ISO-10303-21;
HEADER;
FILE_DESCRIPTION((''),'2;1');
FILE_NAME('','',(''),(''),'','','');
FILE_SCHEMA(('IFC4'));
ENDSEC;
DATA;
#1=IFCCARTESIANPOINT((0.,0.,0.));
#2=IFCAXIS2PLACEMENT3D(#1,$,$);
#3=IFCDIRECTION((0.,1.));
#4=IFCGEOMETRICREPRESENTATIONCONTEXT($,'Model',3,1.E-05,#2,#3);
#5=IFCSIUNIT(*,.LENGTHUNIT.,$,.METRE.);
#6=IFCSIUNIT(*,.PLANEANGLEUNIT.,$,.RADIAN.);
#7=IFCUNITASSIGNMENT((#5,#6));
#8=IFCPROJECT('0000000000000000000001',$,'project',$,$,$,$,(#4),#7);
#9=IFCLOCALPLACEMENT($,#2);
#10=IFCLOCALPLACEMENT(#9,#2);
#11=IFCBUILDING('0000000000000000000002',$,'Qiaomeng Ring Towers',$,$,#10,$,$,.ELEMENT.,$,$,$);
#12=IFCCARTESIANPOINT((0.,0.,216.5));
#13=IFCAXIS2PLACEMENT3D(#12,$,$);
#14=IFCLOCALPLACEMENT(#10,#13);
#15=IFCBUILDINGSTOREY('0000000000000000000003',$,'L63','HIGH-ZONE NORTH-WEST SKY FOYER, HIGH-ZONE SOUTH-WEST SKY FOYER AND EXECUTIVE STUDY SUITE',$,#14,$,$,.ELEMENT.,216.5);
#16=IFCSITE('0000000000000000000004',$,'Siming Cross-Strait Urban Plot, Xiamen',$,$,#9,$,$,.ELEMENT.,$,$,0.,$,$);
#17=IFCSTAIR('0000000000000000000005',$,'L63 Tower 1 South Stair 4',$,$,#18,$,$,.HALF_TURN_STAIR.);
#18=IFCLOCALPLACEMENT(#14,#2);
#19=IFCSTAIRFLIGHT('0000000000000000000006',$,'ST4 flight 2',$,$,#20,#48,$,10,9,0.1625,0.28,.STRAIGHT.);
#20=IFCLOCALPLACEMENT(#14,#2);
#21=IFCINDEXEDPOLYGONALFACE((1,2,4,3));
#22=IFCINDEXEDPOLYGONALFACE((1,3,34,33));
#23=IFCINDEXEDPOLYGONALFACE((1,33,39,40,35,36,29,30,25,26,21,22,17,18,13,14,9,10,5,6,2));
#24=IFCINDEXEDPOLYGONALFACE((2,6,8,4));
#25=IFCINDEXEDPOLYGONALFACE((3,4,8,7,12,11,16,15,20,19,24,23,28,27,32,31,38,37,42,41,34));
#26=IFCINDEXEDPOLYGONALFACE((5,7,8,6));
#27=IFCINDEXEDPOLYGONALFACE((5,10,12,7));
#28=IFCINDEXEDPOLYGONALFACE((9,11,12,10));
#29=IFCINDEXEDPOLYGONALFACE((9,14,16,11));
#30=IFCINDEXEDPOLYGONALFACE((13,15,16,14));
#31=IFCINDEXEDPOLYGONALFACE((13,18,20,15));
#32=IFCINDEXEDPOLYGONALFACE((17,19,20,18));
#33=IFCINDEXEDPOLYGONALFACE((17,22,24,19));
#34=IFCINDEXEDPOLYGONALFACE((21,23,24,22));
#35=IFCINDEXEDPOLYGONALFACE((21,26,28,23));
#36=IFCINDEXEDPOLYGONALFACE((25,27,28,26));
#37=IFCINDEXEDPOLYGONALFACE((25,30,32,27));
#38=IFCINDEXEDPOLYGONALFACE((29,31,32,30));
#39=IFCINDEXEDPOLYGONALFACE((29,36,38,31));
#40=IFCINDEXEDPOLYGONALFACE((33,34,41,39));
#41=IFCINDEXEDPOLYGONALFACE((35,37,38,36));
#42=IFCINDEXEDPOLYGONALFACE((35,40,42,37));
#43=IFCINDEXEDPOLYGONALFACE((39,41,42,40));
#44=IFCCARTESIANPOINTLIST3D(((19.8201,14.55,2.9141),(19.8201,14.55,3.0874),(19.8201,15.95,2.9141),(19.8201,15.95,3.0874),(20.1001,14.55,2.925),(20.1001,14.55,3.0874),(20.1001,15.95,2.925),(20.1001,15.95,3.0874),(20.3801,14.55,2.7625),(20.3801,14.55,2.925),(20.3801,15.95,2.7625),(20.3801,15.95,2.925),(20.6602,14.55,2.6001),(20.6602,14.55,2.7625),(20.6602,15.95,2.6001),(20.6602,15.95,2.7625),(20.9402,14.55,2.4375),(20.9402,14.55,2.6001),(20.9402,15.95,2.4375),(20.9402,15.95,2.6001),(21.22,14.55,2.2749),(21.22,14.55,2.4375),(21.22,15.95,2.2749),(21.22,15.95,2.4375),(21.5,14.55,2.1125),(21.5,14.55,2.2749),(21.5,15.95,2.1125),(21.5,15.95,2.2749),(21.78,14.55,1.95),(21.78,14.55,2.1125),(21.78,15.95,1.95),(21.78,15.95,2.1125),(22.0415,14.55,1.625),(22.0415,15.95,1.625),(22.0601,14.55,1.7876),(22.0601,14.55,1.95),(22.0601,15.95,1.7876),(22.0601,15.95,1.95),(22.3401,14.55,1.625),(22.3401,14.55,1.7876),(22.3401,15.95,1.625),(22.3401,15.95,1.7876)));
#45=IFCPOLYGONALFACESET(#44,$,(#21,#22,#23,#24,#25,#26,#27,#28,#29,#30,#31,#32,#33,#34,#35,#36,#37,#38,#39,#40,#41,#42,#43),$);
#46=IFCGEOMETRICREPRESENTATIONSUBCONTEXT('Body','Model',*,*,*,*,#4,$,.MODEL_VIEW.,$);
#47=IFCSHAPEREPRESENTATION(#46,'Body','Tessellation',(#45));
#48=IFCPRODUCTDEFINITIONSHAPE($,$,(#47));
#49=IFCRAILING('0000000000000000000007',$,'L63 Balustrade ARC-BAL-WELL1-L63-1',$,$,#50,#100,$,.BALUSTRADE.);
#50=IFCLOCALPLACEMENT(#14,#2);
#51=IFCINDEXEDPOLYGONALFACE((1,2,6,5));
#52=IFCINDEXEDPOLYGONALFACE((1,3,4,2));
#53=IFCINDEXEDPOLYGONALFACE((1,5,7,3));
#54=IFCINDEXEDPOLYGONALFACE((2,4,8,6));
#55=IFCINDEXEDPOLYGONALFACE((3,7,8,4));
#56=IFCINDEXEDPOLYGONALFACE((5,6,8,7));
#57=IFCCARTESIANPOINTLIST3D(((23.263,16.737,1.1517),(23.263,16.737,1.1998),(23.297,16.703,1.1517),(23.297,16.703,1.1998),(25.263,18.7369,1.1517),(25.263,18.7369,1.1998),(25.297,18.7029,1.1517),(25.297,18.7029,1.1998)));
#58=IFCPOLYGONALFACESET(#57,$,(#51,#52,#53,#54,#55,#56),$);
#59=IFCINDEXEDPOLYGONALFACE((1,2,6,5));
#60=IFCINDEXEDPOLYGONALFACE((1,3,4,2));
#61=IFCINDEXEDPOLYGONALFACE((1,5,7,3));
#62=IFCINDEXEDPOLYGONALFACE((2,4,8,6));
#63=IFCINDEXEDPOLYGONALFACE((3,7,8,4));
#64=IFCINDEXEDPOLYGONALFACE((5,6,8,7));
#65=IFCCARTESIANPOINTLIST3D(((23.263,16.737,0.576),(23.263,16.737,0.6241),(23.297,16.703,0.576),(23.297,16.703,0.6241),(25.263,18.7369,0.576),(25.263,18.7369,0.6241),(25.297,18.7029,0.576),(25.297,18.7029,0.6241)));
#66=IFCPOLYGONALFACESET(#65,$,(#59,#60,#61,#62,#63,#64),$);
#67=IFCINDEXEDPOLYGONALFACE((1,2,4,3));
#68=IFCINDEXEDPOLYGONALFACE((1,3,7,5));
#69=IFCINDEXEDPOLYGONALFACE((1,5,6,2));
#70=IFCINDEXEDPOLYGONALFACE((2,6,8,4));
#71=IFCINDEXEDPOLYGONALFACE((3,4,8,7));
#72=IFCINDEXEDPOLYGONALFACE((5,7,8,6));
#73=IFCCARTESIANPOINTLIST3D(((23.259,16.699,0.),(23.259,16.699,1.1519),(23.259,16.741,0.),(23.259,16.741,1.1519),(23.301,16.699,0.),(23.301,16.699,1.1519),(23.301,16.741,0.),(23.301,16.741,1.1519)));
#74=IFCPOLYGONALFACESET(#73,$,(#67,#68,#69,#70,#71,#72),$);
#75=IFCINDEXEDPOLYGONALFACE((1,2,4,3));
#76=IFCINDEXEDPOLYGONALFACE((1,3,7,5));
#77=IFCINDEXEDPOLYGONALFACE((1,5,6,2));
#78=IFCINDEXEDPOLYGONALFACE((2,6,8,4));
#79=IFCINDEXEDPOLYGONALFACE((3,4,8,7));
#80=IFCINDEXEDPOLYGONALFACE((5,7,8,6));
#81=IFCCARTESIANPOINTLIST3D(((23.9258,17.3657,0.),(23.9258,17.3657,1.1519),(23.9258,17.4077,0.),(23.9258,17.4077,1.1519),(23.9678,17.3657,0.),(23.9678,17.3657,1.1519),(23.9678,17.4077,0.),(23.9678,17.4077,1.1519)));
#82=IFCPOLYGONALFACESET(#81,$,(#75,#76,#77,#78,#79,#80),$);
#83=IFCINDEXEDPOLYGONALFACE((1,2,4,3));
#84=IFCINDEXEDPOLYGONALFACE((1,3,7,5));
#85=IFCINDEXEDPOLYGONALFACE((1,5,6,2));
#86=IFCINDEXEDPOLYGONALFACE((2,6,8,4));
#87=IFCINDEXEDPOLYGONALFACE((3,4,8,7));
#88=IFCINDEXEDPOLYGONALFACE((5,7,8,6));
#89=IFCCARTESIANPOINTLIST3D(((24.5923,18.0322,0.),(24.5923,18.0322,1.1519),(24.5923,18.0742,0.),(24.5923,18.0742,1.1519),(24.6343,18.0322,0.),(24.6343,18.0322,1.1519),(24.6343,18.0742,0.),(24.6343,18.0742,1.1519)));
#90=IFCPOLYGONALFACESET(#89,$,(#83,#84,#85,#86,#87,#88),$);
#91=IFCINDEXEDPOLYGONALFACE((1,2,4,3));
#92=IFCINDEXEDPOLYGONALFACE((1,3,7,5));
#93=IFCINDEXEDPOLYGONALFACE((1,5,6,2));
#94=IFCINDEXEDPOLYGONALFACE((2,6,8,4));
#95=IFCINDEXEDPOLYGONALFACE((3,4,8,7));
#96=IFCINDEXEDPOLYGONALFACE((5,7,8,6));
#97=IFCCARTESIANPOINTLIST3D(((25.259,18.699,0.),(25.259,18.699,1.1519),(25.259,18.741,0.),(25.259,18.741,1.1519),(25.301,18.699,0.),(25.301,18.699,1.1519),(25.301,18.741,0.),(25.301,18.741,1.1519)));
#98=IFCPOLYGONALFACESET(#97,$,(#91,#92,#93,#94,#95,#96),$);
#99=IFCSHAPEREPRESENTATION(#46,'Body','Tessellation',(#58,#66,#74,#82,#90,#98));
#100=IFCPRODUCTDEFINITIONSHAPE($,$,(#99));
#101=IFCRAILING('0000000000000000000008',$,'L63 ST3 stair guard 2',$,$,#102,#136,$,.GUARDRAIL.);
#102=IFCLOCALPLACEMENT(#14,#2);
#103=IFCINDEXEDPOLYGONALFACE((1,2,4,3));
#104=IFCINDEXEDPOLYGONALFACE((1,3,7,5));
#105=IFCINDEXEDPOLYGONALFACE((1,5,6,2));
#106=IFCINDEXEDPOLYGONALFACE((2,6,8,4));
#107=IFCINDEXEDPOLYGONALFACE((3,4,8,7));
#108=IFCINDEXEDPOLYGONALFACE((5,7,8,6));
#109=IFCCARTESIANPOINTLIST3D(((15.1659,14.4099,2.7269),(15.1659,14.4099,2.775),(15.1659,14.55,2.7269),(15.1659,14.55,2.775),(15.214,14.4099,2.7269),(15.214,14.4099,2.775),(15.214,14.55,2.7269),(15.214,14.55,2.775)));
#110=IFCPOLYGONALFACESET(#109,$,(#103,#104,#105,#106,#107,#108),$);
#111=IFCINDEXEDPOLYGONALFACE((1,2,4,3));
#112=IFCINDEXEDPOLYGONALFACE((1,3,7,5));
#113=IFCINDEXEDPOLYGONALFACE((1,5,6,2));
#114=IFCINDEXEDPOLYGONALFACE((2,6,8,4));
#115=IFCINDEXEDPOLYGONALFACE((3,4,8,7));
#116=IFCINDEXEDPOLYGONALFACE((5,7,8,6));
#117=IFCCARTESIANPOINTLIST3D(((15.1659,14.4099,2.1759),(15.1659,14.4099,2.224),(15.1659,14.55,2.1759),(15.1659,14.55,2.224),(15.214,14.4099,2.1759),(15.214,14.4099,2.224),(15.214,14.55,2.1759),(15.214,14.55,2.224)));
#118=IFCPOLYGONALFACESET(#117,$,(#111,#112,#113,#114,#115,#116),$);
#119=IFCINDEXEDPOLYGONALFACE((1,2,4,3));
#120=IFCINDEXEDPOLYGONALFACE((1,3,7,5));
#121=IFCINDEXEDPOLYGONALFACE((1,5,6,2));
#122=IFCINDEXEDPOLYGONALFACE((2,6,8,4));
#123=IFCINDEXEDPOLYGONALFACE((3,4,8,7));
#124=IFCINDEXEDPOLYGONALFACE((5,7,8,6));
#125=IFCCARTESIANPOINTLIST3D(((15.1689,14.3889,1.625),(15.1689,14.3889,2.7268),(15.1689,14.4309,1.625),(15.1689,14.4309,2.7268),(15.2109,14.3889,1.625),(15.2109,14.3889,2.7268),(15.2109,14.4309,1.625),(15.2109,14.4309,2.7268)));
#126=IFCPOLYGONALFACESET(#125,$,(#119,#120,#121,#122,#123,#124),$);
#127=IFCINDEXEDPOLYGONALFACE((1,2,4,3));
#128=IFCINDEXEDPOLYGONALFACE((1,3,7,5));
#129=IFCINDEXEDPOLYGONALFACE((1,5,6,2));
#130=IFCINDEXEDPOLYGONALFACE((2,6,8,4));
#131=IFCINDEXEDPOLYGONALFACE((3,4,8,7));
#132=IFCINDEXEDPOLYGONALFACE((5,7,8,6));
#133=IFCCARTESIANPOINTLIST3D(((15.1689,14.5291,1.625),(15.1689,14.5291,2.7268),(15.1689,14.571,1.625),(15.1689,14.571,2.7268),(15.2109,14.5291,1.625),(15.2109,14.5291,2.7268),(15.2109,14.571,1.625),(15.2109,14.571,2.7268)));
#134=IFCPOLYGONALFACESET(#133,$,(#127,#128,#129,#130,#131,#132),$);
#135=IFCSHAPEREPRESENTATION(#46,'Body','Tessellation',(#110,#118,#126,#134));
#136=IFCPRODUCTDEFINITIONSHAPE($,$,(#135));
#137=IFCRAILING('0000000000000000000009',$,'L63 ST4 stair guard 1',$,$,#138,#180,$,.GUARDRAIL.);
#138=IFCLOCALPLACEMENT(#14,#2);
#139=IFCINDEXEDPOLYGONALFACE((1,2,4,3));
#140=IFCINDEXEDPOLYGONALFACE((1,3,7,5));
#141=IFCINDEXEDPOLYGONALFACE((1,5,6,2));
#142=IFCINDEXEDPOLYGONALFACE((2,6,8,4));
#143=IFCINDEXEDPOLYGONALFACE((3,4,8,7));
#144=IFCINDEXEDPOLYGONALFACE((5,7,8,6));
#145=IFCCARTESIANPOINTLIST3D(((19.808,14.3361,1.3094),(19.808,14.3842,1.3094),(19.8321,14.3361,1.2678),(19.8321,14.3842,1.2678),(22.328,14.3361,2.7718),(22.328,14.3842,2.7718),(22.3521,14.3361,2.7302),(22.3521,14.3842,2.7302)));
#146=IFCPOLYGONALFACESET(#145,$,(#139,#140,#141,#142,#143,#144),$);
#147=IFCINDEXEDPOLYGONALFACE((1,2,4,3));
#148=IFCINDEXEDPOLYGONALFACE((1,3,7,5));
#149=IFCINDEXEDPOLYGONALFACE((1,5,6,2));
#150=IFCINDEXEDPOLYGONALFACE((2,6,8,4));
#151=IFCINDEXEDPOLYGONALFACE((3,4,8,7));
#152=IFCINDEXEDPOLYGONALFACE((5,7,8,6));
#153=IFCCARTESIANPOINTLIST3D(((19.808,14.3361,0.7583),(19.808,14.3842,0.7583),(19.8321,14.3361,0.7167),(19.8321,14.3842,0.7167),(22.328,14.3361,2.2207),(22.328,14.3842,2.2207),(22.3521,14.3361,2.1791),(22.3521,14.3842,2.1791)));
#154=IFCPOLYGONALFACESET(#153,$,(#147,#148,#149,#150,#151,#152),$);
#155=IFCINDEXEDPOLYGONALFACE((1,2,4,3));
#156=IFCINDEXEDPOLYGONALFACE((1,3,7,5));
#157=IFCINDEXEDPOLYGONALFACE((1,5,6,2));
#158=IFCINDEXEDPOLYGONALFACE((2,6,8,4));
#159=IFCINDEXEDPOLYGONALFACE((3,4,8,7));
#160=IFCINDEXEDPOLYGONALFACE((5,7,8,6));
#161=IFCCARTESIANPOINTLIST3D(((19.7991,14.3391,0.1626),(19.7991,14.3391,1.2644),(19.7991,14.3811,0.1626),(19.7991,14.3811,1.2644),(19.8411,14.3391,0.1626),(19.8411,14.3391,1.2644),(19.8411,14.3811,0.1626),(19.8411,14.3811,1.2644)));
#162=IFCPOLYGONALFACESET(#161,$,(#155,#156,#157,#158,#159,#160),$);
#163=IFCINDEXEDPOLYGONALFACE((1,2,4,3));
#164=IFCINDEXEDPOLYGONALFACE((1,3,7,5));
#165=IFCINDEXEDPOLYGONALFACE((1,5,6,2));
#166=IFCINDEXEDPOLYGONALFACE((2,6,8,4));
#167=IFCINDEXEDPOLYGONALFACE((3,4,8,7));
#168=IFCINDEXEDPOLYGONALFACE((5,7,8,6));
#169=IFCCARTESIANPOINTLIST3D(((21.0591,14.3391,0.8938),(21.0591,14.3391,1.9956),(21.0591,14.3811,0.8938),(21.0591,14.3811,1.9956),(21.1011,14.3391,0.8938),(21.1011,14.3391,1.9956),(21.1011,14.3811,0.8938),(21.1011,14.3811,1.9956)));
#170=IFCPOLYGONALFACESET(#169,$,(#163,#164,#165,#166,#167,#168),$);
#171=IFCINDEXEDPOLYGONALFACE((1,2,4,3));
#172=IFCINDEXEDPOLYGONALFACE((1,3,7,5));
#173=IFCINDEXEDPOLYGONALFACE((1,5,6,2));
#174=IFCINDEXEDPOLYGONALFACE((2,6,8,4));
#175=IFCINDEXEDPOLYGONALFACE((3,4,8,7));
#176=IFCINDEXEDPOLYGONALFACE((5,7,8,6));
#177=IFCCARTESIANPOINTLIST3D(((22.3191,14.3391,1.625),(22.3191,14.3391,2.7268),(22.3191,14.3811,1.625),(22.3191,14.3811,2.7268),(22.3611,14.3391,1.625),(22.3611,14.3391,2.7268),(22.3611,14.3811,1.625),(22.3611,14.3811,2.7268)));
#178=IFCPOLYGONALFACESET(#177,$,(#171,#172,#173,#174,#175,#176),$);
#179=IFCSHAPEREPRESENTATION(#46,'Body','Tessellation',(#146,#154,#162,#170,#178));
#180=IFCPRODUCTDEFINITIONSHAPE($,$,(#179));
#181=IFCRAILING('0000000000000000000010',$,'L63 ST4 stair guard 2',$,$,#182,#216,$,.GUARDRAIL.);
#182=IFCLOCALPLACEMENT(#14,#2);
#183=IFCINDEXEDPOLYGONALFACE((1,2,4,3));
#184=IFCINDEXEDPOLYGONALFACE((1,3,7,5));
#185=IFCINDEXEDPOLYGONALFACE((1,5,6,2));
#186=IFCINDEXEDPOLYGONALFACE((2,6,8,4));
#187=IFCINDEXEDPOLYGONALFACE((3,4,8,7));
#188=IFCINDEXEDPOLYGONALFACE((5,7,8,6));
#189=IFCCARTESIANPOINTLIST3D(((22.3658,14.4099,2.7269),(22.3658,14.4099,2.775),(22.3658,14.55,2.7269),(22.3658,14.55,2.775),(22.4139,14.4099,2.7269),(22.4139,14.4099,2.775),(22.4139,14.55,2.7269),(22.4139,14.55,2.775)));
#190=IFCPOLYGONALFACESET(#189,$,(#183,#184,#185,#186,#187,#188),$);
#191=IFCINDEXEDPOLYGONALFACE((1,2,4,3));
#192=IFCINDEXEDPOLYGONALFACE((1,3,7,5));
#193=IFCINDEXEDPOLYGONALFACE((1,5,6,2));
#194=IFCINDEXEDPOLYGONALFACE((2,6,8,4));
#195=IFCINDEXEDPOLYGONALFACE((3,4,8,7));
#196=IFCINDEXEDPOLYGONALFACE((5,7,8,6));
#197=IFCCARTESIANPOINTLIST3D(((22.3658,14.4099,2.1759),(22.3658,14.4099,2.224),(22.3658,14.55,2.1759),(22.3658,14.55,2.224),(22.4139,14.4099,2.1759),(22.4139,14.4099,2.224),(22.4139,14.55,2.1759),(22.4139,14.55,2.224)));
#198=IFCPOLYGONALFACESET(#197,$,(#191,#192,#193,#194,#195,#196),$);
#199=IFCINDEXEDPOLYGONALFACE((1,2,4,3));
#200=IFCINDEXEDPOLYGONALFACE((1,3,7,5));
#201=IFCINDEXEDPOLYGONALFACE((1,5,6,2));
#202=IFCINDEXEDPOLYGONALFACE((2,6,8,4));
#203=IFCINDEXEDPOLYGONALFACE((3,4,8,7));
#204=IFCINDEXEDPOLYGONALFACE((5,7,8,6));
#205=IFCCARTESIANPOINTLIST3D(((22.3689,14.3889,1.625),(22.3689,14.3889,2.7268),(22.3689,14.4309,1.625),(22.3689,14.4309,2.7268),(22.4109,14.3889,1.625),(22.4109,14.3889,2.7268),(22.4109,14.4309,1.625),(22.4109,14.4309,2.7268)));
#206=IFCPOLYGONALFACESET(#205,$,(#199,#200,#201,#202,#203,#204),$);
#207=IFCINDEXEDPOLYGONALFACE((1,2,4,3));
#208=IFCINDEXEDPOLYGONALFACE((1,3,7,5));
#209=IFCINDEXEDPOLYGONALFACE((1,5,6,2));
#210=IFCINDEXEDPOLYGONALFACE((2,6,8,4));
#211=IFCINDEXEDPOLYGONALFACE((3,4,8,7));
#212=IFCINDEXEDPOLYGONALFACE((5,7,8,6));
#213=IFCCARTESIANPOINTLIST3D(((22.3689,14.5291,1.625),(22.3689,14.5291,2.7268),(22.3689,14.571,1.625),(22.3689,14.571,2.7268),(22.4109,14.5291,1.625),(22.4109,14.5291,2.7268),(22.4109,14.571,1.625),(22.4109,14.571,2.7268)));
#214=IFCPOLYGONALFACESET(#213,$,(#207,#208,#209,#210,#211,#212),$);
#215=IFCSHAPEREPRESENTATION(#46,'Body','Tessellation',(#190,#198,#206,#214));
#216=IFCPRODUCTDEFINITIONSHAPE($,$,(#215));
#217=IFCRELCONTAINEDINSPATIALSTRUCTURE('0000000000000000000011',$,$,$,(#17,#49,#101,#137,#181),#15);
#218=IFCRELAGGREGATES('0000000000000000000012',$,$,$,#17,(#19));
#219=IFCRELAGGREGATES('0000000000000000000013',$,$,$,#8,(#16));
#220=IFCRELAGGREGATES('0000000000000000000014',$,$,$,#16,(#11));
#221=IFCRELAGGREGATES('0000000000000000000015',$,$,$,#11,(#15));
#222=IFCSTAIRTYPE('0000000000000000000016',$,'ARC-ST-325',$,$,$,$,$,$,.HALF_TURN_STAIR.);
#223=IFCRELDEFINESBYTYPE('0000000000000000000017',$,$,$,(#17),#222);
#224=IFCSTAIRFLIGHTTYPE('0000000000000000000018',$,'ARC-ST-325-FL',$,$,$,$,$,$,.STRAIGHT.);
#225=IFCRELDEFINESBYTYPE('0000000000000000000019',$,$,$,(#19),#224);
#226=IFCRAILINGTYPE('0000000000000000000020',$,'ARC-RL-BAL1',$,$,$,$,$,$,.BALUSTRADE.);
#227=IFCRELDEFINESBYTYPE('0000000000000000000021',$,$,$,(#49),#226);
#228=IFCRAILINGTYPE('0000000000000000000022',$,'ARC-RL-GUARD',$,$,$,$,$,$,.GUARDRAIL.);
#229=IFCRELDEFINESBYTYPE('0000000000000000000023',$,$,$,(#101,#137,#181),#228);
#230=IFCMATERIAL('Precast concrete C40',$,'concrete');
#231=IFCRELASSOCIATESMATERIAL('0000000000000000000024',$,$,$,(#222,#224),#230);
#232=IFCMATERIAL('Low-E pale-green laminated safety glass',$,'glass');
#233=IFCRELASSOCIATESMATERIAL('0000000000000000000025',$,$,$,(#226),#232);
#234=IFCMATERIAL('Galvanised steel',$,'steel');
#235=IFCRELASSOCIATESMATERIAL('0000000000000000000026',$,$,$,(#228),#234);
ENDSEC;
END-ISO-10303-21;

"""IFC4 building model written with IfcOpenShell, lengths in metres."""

from ifc_helpers import new_model, si_unit, direction, frame, origin, origin_2d, place, context, subcontext, project, spatial, polyline, rectangle, outline, extrude, source, transform, mapped, material, type_object, element, aggregate, save


model = new_model("IFC4")

# Units and contexts
model_context = context("Model", 3, precision=1e-05, world=origin(), true_north=direction((0.0, 1.0)))
body_context = subcontext(model_context, "Body", "Model", "MODEL_VIEW")
ifc_project = project(units=[si_unit("LENGTHUNIT", "METRE"), si_unit("PLANEANGLEUNIT", "RADIAN")], contexts=[model_context])

# Site, building, storey
site_placement = place(None, origin())
site = spatial("IfcSite", under=ifc_project, at=site_placement, Name="Siming Cross-Strait Urban Plot, Xiamen", CompositionType="ELEMENT", RefElevation=0.0)
building_placement = place(site_placement, origin())
building = spatial("IfcBuilding", under=site, at=building_placement, Name="Qiaomeng Ring Towers", CompositionType="ELEMENT")
storey_placement = place(building_placement, frame((0.0, 0.0, 216.5)))
storey = spatial("IfcBuildingStorey", under=building, at=storey_placement, Name="L63", Description="HIGH-ZONE NORTH-WEST SKY FOYER, HIGH-ZONE SOUTH-WEST SKY FOYER AND EXECUTIVE STUDY SUITE", CompositionType="ELEMENT", Elevation=216.5)

# Shared definitions
ifc_material_1 = material(Name="Galvanised steel", Category="steel")

# Stair, stair flight
ifc_material_2 = material(Name="Precast concrete C40", Category="concrete")
stair_type = type_object("IfcStairType", Name="ARC-ST-325", PredefinedType="HALF_TURN_STAIR", material=ifc_material_2)
stair_placement = place(storey_placement, origin())
stair = element("IfcStair", 1, at=stair_placement, inside=storey, type_object=stair_type, Name="L63 Tower 1 South Stair 4", PredefinedType="HALF_TURN_STAIR")
stair_flight_type = type_object("IfcStairFlightType", Name="ARC-ST-325-FL", PredefinedType="STRAIGHT", material=ifc_material_2)
shared_shape_1 = source(origin(), body_context, "Body", "SweptSolid", [
    extrude(outline(polyline([(0.0, 0.0), (0.0, 0.1626), (0.28, 0.1626), (0.28, 0.325), (0.5601, 0.325), (0.5601, 0.4875), (0.8401, 0.4875), (0.8401, 0.6499), (1.1201, 0.6499), (1.1201, 0.8125), (1.3999, 0.8125), (1.3999, 0.9751), (1.6799, 0.9751), (1.6799, 1.1375), (1.96, 1.1375), (1.96, 1.3), (2.24, 1.3), (2.24, 1.4624), (2.52, 1.4624), (2.52, 1.625), (2.52, 1.2891), (0.2986, 0.0), (0.0, 0.0)])), frame((0.0, 0.7, 0.0), z_axis=(0.0, -1.0, 0.0), x_axis=(1.0, 0.0, 0.0)), (0.0, 0.0, 1.0), 1.3999),
])
stair_flight_1_placement = place(storey_placement, frame((22.3401, 15.25, 1.625), z_axis=(0.0, 0.0, 1.0), x_axis=(-1.0, 0.0, 0.0)))
stair_flight_1 = element("IfcStairFlight", 2, at=stair_flight_1_placement, type_object=stair_flight_type, Name="ST4 flight 2", NumberOfRisers=10, NumberOfTreads=9, PredefinedType="STRAIGHT", RiserHeight=0.1625, TreadLength=0.28, context=body_context, shape_type="MappedRepresentation", body=[
    mapped(shared_shape_1, transform((0.0, 0.0, 0.0), x_axis=(1.0, 0.0, 0.0), y_axis=(0.0, 1.0, 0.0), z_axis=(0.0, 0.0, 1.0), scale=1.0)),
])
aggregate(stair, [stair_flight_1])

# Railings
ifc_material_3 = material(Name="Low-E pale-green laminated safety glass", Category="glass")
railing_type_1 = type_object("IfcRailingType", Name="ARC-RL-BAL1", PredefinedType="BALUSTRADE", material=ifc_material_3)
railing_1_placement = place(storey_placement, frame((23.28, 16.72, 0.0)))
element("IfcRailing", 3, at=railing_1_placement, inside=storey, type_object=railing_type_1, Name="L63 Balustrade ARC-BAL-WELL1-L63-1", PredefinedType="BALUSTRADE", context=body_context, shape_type="SweptSolid", body=[
    extrude(rectangle(XDim=0.0481, YDim=0.0481, at=origin_2d()), frame((0.0, 0.0, 1.1758), z_axis=(0.707107, 0.707107, 0.0), x_axis=(-0.707107, 0.707107, 0.0)), (0.0, 0.0, 1.0), 2.8284),
    extrude(rectangle(XDim=0.0481, YDim=0.0481, at=origin_2d()), frame((0.0, 0.0, 0.6001), z_axis=(0.707107, 0.707107, 0.0), x_axis=(-0.707107, 0.707107, 0.0)), (0.0, 0.0, 1.0), 2.8284),
    extrude(rectangle(XDim=0.042, YDim=0.042, at=origin_2d()), origin(), (0.0, 0.0, 1.0), 1.1519),
    extrude(rectangle(XDim=0.042, YDim=0.042, at=origin_2d()), frame((0.6667, 0.6667, 0.0)), (0.0, 0.0, 1.0), 1.1519),
    extrude(rectangle(XDim=0.042, YDim=0.042, at=origin_2d()), frame((1.3333, 1.3333, 0.0)), (0.0, 0.0, 1.0), 1.1519),
    extrude(rectangle(XDim=0.042, YDim=0.042, at=origin_2d()), frame((2.0, 2.0, 0.0)), (0.0, 0.0, 1.0), 1.1519),
])
railing_type_2 = type_object("IfcRailingType", Name="ARC-RL-GUARD", PredefinedType="GUARDRAIL", material=ifc_material_1)
railing_2_placement = place(storey_placement, frame((15.1899, 14.4099, 1.625)))
element("IfcRailing", 4, at=railing_2_placement, inside=storey, type_object=railing_type_2, Name="L63 ST3 stair guard 2", PredefinedType="GUARDRAIL", context=body_context, shape_type="SweptSolid", body=[
    extrude(rectangle(XDim=0.0481, YDim=0.0481, at=origin_2d()), frame((0.0, 0.0, 1.126), z_axis=(0.0, 1.0, 0.0), x_axis=(-1.0, 0.0, 0.0)), (0.0, 0.0, 1.0), 0.1401),
    extrude(rectangle(XDim=0.0481, YDim=0.0481, at=origin_2d()), frame((0.0, 0.0, 0.575), z_axis=(0.0, 1.0, 0.0), x_axis=(-1.0, 0.0, 0.0)), (0.0, 0.0, 1.0), 0.1401),
    extrude(rectangle(XDim=0.042, YDim=0.042, at=origin_2d()), origin(), (0.0, 0.0, 1.0), 1.1018),
    extrude(rectangle(XDim=0.042, YDim=0.042, at=origin_2d()), frame((0.0, 0.1401, 0.0)), (0.0, 0.0, 1.0), 1.1018),
])
railing_3_placement = place(storey_placement, frame((19.8201, 14.3601, 0.1626)))
element("IfcRailing", 5, at=railing_3_placement, inside=storey, type_object=railing_type_2, Name="L63 ST4 stair guard 1", PredefinedType="GUARDRAIL", context=body_context, shape_type="SweptSolid", body=[
    extrude(rectangle(XDim=0.0481, YDim=0.0481, at=origin_2d()), frame((0.0, 0.0, 1.126), z_axis=(0.864913, 0.0, 0.501921), x_axis=(0.0, 1.0, 0.0)), (0.0, 0.0, 1.0), 2.9136),
    extrude(rectangle(XDim=0.0481, YDim=0.0481, at=origin_2d()), frame((0.0, 0.0, 0.575), z_axis=(0.864913, 0.0, 0.501921), x_axis=(0.0, 1.0, 0.0)), (0.0, 0.0, 1.0), 2.9136),
    extrude(rectangle(XDim=0.042, YDim=0.042, at=origin_2d()), origin(), (0.0, 0.0, 1.0), 1.1018),
    extrude(rectangle(XDim=0.042, YDim=0.042, at=origin_2d()), frame((1.26, 0.0, 0.7312)), (0.0, 0.0, 1.0), 1.1018),
    extrude(rectangle(XDim=0.042, YDim=0.042, at=origin_2d()), frame((2.52, 0.0, 1.4624)), (0.0, 0.0, 1.0), 1.1018),
])
railing_4_placement = place(storey_placement, frame((22.3899, 14.4099, 1.625)))
element("IfcRailing", 6, at=railing_4_placement, inside=storey, type_object=railing_type_2, Name="L63 ST4 stair guard 2", PredefinedType="GUARDRAIL", context=body_context, shape_type="SweptSolid", body=[
    extrude(rectangle(XDim=0.0481, YDim=0.0481, at=origin_2d()), frame((0.0, 0.0, 1.126), z_axis=(0.0, 1.0, 0.0), x_axis=(-1.0, 0.0, 0.0)), (0.0, 0.0, 1.0), 0.1401),
    extrude(rectangle(XDim=0.0481, YDim=0.0481, at=origin_2d()), frame((0.0, 0.0, 0.575), z_axis=(0.0, 1.0, 0.0), x_axis=(-1.0, 0.0, 0.0)), (0.0, 0.0, 1.0), 0.1401),
    extrude(rectangle(XDim=0.042, YDim=0.042, at=origin_2d()), origin(), (0.0, 0.0, 1.0), 1.1018),
    extrude(rectangle(XDim=0.042, YDim=0.042, at=origin_2d()), frame((0.0, 0.1401, 0.0)), (0.0, 0.0, 1.0), 1.1018),
])

save(model, "model.ifc")
